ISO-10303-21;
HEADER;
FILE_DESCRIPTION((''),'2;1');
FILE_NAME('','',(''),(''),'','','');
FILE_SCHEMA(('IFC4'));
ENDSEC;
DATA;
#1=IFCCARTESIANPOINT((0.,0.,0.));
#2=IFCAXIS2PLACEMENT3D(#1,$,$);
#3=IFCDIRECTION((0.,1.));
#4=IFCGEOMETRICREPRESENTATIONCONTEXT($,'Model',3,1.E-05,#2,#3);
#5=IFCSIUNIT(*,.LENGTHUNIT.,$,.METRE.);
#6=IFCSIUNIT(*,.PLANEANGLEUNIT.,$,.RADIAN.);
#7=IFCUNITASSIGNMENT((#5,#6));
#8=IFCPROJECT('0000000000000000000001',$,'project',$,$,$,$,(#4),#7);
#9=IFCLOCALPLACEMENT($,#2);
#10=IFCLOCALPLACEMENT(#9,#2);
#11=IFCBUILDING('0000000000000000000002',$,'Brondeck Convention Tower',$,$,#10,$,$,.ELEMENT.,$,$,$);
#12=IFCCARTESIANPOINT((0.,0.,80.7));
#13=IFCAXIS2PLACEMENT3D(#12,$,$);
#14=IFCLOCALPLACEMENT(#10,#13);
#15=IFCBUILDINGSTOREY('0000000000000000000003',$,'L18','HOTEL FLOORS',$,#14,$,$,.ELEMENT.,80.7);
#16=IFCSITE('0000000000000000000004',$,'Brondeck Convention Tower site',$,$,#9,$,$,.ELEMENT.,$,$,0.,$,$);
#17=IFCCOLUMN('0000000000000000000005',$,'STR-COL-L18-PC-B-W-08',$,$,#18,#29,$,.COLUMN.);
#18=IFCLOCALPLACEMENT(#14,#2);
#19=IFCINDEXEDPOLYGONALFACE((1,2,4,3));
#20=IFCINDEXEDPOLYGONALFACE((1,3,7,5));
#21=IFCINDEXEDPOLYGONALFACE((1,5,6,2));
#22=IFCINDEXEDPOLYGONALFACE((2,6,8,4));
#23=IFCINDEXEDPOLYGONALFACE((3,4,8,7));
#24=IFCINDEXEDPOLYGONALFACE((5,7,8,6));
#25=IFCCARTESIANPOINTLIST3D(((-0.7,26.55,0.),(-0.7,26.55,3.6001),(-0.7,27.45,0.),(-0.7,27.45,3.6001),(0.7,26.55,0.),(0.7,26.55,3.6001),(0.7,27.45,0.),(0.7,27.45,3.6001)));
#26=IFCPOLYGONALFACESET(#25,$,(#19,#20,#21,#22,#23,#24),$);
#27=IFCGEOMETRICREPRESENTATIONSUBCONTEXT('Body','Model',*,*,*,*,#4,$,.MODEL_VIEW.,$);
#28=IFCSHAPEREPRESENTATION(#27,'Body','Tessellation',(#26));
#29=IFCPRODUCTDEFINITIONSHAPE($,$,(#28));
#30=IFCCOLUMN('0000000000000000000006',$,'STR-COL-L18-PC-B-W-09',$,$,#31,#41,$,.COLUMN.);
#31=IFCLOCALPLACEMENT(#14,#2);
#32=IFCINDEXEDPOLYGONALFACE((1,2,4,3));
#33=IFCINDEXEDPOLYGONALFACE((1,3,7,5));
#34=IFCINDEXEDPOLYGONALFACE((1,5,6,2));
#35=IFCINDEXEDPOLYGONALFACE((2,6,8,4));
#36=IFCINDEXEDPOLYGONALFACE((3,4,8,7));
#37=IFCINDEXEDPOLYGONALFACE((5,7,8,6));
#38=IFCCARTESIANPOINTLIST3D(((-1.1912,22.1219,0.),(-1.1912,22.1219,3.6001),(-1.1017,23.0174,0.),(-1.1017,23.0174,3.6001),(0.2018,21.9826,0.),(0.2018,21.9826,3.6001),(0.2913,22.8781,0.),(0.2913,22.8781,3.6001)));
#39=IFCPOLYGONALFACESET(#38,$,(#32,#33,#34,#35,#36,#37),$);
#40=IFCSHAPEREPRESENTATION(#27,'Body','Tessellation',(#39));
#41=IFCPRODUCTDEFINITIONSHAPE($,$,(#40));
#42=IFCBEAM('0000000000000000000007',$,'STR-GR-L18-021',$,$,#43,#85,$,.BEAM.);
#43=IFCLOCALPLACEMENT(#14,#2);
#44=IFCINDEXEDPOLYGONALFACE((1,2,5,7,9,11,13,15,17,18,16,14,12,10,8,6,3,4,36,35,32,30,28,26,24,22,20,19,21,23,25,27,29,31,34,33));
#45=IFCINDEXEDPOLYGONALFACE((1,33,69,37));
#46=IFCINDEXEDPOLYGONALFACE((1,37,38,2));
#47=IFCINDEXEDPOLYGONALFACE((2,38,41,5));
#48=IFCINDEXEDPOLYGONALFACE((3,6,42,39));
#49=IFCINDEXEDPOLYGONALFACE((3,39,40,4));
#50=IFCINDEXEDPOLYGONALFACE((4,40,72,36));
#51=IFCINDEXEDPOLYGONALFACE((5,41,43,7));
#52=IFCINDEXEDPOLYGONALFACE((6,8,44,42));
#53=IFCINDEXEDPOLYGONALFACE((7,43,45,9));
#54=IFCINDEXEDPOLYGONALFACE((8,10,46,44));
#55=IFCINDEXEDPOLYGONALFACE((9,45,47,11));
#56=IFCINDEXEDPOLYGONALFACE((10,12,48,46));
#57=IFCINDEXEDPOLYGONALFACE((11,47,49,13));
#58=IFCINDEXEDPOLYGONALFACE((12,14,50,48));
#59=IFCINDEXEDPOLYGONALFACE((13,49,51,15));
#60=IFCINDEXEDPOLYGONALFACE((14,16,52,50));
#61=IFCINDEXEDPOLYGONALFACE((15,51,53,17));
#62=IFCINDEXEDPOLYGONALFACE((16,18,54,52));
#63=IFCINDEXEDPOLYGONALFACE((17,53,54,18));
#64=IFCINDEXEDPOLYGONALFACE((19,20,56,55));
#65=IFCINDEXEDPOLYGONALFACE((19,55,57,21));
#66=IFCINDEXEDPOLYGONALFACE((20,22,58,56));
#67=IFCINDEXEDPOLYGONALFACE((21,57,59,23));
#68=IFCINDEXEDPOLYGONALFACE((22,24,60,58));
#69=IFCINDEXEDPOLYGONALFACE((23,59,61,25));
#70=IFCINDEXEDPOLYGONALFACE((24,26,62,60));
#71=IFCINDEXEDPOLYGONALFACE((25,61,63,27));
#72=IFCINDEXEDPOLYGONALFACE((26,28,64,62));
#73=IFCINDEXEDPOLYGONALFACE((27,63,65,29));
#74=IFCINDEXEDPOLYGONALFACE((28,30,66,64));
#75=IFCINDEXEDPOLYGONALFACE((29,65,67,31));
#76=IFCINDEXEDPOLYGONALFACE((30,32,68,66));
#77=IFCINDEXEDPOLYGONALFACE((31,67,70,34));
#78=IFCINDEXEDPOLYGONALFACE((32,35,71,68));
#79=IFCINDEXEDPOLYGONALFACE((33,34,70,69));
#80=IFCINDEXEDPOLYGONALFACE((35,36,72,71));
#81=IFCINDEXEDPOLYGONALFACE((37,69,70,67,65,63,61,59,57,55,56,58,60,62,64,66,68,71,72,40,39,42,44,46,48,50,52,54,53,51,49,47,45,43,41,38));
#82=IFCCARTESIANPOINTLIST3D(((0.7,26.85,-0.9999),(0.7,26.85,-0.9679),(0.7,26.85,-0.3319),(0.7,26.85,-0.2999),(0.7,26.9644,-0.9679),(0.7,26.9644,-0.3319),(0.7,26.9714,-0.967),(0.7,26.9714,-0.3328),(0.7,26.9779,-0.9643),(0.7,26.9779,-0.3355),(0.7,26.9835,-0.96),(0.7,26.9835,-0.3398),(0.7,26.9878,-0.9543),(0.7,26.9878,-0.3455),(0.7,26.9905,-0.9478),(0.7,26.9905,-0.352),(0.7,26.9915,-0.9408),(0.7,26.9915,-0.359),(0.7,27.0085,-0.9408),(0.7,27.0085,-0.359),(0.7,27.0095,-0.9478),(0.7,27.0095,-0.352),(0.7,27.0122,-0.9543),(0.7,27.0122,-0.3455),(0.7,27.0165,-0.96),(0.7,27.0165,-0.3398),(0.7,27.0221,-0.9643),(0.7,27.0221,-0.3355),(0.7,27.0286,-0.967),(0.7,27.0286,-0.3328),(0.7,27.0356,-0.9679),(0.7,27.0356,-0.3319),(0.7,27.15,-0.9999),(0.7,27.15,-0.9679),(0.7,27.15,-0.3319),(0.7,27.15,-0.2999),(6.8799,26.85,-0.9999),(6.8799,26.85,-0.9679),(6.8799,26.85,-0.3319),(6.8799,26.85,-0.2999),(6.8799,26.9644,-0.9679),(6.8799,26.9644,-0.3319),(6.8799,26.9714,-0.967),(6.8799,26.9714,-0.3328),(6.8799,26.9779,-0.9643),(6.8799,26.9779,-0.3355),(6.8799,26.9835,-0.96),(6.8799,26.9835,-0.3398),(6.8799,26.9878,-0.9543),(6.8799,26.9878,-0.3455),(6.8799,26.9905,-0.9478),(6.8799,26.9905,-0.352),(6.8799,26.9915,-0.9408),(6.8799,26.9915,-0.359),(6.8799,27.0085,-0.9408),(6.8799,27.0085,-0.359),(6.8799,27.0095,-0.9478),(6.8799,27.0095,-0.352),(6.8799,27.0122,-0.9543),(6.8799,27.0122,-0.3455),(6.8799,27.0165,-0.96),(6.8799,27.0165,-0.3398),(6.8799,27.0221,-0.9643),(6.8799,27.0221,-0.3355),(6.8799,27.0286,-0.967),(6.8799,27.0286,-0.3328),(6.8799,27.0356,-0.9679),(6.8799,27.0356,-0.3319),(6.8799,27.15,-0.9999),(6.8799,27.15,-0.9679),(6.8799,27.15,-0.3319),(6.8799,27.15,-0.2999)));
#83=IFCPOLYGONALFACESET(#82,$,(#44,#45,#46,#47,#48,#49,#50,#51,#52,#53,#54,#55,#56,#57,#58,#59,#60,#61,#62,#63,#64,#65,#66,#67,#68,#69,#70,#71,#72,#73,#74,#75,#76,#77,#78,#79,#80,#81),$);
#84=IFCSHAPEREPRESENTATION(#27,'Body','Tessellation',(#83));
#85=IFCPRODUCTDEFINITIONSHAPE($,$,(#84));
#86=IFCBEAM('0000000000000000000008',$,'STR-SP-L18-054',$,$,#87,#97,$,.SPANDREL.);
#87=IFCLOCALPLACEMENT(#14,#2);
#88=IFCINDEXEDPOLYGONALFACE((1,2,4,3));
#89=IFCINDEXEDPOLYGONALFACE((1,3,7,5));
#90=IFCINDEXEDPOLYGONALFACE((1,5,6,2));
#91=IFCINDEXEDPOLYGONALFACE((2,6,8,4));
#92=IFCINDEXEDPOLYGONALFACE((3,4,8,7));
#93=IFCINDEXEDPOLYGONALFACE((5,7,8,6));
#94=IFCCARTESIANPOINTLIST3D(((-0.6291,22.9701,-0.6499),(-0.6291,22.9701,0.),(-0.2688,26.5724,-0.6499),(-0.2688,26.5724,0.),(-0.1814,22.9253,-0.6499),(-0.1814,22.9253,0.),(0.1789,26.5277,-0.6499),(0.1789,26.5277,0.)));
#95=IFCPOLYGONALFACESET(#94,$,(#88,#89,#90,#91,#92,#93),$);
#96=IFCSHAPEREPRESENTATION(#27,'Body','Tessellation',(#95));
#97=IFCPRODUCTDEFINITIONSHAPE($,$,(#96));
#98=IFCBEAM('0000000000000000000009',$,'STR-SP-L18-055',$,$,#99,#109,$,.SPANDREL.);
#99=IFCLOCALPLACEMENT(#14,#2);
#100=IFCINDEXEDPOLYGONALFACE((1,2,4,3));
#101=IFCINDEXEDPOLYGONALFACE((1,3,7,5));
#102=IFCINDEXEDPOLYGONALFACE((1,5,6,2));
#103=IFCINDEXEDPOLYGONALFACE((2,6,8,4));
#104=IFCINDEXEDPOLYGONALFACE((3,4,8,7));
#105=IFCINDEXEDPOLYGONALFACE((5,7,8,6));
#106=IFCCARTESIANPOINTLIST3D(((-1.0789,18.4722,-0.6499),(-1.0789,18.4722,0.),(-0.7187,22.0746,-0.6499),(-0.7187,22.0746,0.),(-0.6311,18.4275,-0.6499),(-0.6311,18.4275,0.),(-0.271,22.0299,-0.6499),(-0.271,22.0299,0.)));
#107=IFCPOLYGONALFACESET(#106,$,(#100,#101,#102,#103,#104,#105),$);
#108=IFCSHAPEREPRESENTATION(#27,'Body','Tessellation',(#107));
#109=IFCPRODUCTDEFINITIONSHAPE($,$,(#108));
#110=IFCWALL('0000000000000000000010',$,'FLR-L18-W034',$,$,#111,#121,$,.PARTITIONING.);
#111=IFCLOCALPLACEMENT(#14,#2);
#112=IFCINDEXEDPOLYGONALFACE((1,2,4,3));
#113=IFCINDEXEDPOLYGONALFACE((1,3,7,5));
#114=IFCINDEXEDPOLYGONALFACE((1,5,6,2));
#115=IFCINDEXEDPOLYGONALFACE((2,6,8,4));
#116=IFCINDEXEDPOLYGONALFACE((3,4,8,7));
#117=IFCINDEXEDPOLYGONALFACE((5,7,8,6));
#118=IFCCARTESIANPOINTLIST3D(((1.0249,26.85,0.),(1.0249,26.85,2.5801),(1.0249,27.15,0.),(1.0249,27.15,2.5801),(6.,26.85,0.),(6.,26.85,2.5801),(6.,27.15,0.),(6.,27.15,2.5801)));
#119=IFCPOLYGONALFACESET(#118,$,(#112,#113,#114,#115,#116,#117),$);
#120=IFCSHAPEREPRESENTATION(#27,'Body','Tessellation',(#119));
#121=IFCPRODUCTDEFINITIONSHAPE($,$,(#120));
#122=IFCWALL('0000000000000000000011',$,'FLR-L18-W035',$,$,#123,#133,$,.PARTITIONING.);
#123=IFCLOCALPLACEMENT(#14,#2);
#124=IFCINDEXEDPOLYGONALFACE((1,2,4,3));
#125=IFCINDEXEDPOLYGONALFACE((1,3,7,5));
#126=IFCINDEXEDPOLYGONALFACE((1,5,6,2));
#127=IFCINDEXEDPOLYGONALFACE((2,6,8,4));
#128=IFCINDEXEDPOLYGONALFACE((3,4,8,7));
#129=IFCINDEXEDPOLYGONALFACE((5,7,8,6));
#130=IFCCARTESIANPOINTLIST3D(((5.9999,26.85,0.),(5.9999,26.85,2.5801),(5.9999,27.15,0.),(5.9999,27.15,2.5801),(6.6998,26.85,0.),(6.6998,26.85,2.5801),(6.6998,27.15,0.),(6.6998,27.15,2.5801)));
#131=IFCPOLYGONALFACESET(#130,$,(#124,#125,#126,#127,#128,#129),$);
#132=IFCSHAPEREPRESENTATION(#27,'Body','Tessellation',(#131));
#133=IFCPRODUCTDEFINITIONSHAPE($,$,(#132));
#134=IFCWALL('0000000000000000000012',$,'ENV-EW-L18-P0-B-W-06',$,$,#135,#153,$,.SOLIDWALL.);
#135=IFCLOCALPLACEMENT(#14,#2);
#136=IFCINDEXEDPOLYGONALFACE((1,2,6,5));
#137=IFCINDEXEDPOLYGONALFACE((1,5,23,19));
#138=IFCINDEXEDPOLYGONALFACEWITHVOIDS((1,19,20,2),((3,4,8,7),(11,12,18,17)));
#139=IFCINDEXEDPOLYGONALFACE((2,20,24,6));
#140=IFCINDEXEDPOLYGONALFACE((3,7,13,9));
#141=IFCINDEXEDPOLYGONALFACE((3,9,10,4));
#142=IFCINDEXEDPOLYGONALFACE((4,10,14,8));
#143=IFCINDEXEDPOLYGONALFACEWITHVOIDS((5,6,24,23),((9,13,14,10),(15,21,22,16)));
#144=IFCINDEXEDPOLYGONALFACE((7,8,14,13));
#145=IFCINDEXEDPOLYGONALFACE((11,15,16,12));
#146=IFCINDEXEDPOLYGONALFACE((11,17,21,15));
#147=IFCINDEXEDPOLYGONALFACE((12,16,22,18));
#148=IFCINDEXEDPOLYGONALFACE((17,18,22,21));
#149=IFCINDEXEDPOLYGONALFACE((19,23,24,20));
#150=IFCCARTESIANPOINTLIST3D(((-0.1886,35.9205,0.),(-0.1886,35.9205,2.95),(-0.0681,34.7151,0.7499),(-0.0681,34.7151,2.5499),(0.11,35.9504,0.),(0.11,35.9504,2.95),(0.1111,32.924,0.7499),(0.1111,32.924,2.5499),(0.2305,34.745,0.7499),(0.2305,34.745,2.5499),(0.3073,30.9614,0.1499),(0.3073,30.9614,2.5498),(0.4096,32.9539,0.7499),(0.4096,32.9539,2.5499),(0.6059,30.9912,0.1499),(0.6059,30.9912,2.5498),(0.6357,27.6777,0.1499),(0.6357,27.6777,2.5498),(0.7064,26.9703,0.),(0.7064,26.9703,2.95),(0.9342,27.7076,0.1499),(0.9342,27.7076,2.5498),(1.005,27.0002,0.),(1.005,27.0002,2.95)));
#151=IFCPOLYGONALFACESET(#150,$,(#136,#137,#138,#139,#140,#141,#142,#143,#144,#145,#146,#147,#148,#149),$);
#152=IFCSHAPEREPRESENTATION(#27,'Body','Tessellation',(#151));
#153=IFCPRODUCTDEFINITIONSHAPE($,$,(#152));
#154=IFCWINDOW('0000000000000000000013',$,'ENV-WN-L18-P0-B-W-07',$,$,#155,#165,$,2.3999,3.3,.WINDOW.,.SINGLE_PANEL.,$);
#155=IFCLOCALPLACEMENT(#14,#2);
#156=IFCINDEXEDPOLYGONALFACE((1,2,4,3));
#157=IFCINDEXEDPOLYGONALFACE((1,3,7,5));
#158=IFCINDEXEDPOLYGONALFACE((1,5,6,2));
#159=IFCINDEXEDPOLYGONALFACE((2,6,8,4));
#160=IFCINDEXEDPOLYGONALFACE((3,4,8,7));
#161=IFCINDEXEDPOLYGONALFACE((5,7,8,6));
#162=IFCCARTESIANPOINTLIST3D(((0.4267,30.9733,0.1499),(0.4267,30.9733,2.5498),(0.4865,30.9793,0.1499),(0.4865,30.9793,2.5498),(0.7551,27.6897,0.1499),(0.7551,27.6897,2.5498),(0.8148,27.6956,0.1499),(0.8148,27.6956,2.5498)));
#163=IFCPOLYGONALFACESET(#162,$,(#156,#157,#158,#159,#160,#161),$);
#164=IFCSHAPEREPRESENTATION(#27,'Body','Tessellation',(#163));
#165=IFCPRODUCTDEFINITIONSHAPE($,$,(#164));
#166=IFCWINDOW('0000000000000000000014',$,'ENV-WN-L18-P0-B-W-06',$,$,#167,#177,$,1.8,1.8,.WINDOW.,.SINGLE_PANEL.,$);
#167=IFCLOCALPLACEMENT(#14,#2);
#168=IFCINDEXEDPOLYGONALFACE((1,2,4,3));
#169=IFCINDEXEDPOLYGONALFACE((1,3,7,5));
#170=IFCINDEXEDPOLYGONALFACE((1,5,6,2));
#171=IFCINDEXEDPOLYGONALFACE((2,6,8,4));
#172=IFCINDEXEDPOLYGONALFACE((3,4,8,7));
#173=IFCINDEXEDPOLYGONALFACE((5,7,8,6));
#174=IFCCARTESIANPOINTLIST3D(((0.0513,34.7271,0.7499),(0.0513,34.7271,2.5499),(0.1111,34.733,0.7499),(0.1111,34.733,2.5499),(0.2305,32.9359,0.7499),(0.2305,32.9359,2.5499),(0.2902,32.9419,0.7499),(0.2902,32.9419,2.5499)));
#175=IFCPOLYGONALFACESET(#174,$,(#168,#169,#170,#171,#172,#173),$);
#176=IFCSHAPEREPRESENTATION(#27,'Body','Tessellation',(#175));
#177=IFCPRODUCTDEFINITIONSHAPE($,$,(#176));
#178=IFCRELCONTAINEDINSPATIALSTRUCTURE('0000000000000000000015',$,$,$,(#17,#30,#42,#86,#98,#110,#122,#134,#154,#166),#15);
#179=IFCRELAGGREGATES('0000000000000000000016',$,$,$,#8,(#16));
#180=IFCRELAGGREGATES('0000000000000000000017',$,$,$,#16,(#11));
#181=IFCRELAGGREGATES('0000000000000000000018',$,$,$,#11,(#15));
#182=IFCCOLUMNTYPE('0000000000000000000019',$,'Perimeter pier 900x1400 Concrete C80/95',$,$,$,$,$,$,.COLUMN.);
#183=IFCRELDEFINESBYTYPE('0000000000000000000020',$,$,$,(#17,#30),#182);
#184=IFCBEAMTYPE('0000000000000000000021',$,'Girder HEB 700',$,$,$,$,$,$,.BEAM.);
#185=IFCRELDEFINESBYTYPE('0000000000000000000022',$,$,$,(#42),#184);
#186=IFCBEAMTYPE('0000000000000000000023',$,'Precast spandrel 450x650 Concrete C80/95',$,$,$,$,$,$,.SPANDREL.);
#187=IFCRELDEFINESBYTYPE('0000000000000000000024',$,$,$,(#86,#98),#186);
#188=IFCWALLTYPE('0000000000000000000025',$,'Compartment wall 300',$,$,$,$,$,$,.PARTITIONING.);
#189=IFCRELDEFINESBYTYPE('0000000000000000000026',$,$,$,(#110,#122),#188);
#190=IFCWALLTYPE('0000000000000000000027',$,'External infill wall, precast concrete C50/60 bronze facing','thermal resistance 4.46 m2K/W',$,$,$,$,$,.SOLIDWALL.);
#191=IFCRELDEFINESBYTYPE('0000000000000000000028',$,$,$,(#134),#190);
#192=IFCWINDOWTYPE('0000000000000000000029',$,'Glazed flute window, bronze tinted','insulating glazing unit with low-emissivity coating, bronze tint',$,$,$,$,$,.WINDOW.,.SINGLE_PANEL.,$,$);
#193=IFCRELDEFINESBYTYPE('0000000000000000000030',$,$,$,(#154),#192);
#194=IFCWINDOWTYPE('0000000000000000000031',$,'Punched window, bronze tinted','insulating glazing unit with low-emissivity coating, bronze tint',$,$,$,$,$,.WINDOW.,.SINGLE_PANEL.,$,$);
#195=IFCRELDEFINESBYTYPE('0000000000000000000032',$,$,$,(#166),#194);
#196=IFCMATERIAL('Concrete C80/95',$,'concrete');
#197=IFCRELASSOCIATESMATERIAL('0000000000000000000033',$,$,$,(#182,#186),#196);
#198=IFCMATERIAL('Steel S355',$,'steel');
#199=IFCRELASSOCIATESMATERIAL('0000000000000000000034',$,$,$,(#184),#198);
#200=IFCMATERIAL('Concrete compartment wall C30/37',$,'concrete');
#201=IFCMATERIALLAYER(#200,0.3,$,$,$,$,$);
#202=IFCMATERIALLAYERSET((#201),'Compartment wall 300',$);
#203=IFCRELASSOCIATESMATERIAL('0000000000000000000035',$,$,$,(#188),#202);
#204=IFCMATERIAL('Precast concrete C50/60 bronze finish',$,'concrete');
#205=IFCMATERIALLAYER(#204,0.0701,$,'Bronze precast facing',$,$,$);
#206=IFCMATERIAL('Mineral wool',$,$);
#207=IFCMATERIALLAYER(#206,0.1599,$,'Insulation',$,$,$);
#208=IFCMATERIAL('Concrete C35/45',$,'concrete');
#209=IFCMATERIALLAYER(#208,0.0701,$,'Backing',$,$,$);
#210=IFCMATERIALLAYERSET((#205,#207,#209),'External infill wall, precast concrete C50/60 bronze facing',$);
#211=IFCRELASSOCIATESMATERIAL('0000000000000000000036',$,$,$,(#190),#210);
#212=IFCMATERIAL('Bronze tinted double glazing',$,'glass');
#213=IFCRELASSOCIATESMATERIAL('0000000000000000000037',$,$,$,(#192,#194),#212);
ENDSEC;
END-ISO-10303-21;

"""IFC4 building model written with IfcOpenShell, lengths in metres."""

from ifc_helpers import new_model, si_unit, direction, frame, frame_2d, origin, origin_2d, place, context, subcontext, project, spatial, rectangle, i_section, extrude, material, layer, layer_set, material_profile, profile_set, type_object, element, fill, save


model = new_model("IFC4")

# Units and contexts
model_context = context("Model", 3, precision=1e-05, world=origin(), true_north=direction((0.0, 1.0)))
body_context = subcontext(model_context, "Body", "Model", "MODEL_VIEW")
ifc_project = project(units=[si_unit("LENGTHUNIT", "METRE"), si_unit("PLANEANGLEUNIT", "RADIAN")], contexts=[model_context])

# Site, building, storey
site_placement = place(None, origin())
site = spatial("IfcSite", under=ifc_project, at=site_placement, Name="Brondeck Convention Tower site", CompositionType="ELEMENT", RefElevation=0.0)
building_placement = place(site_placement, origin())
building = spatial("IfcBuilding", under=site, at=building_placement, Name="Brondeck Convention Tower", CompositionType="ELEMENT")
storey_placement = place(building_placement, frame((0.0, 0.0, 80.7)))
storey = spatial("IfcBuildingStorey", under=building, at=storey_placement, Name="L18", Description="HOTEL FLOORS", CompositionType="ELEMENT", Elevation=80.7)

# Columns
ifc_material_1 = material(Name="Concrete C80/95", Category="concrete")
ifc_material_profile_1 = material_profile(ifc_material_1, rectangle(XDim=0.8999, YDim=1.3999, at=origin_2d()), Name="Perimeter pier 900x1400 Concrete C80/95")
ifc_profile_set_1 = profile_set([ifc_material_profile_1], Name="Concrete C80/95")
column_type = type_object("IfcColumnType", Name="Perimeter pier 900x1400 Concrete C80/95", PredefinedType="COLUMN", material=ifc_profile_set_1)
for number, where, z_axis, x_axis, name in (
    (1, (0.0, 27.0, 0.0), (0.0, 0.0, 1.0), (0.0, -1.0, 0.0), "STR-COL-L18-PC-B-W-08"),
    (2, (-0.45, 22.5, 0.0), (0.0, 0.0, 1.0), (-0.099504, -0.995037, 0.0), "STR-COL-L18-PC-B-W-09"),
):
    element("IfcColumn", number, at=place(storey_placement, frame(where, z_axis=z_axis, x_axis=x_axis)), inside=storey, type_object=column_type, Name=name, PredefinedType="COLUMN", context=body_context, shape_type="SweptSolid", body=[
        extrude(rectangle(XDim=0.8999, YDim=1.3999, at=origin_2d()), origin(), (0.0, 0.0, 1.0), 3.6001),
    ])

# Beams
ifc_material_2 = material(Name="Steel S355", Category="steel")
ifc_material_profile_2 = material_profile(ifc_material_2, i_section(OverallWidth=0.3, OverallDepth=0.7, WebThickness=0.0171, FlangeThickness=0.032, FilletRadius=0.0271, at=origin_2d()), Name="HEB 700")
ifc_profile_set_2 = profile_set([ifc_material_profile_2], Name="Steel S355")
beam_type_1 = type_object("IfcBeamType", Name="Girder HEB 700", PredefinedType="BEAM", material=ifc_profile_set_2)
beam_placement = place(storey_placement, frame((0.7, 27.0, -0.6499), z_axis=(1.0, 0.0, 0.0), x_axis=(0.0, 1.0, 0.0)))
element("IfcBeam", 3, at=beam_placement, inside=storey, type_object=beam_type_1, Name="STR-GR-L18-021", PredefinedType="BEAM", context=body_context, shape_type="SweptSolid", body=[
    extrude(i_section(OverallWidth=0.3, OverallDepth=0.7, WebThickness=0.0171, FlangeThickness=0.032, FilletRadius=0.0271, at=origin_2d()), origin(), (0.0, 0.0, 1.0), 6.1799),
])
ifc_material_profile_3 = material_profile(ifc_material_1, rectangle(XDim=0.45, YDim=0.6499, at=origin_2d()), Name="Precast spandrel 450x650 Concrete C80/95")
ifc_profile_set_3 = profile_set([ifc_material_profile_3], Name="Concrete C80/95")
beam_type_2 = type_object("IfcBeamType", Name="Precast spandrel 450x650 Concrete C80/95", PredefinedType="SPANDREL", material=ifc_profile_set_3)
for number, where, z_axis, x_axis, name in (
    (4, (-0.0449, 26.55, -0.325), (-0.099537, -0.995034, 0.0), (0.995034, -0.099537, 0.0), "STR-SP-L18-054"),
    (5, (-0.4949, 22.0522, -0.325), (-0.09947, -0.995041, 0.0), (0.995041, -0.09947, 0.0), "STR-SP-L18-055"),
):
    element("IfcBeam", number, at=place(storey_placement, frame(where, z_axis=z_axis, x_axis=x_axis)), inside=storey, type_object=beam_type_2, Name=name, PredefinedType="SPANDREL", context=body_context, shape_type="SweptSolid", body=[
        extrude(rectangle(XDim=0.45, YDim=0.6499, at=origin_2d()), origin(), (0.0, 0.0, 1.0), 3.6204),
    ])

# Walls
ifc_material_3 = material(Name="Concrete compartment wall C30/37", Category="concrete")
ifc_layer_1 = layer(ifc_material_3, 0.3)
ifc_layer_set_1 = layer_set([ifc_layer_1], Name="Compartment wall 300")
wall_type_1 = type_object("IfcWallType", Name="Compartment wall 300", PredefinedType="PARTITIONING", material=ifc_layer_set_1)
wall_1_placement = place(storey_placement, frame((6.0, 27.0, 0.0), z_axis=(0.0, 0.0, 1.0), x_axis=(-1.0, 0.0, 0.0)))
element("IfcWall", 6, at=wall_1_placement, inside=storey, type_object=wall_type_1, Name="FLR-L18-W034", PredefinedType="PARTITIONING", context=body_context, shape_type="SweptSolid", body=[
    extrude(rectangle(XDim=4.9751, YDim=0.3, at=frame_2d((2.4875, 0.0))), origin(), (0.0, 0.0, 1.0), 2.5801),
])
wall_2_placement = place(storey_placement, frame((6.7, 27.0, 0.0), z_axis=(0.0, 0.0, 1.0), x_axis=(-1.0, 0.0, 0.0)))
element("IfcWall", 7, at=wall_2_placement, inside=storey, type_object=wall_type_1, Name="FLR-L18-W035", PredefinedType="PARTITIONING", context=body_context, shape_type="SweptSolid", body=[
    extrude(rectangle(XDim=0.7, YDim=0.3, at=frame_2d((0.3501, 0.0))), origin(), (0.0, 0.0, 1.0), 2.5801),
])

# Wall, openings, windows
ifc_material_4 = material(Name="Precast concrete C50/60 bronze finish", Category="concrete")
ifc_layer_2 = layer(ifc_material_4, 0.0701, Name="Bronze precast facing")
ifc_material_5 = material(Name="Mineral wool")
ifc_layer_3 = layer(ifc_material_5, 0.1599, Name="Insulation")
ifc_material_6 = material(Name="Concrete C35/45", Category="concrete")
ifc_layer_4 = layer(ifc_material_6, 0.0701, Name="Backing")
ifc_layer_set_2 = layer_set([ifc_layer_2, ifc_layer_3, ifc_layer_4], Name="External infill wall, precast concrete C50/60 bronze facing")
wall_type_2 = type_object("IfcWallType", Name="External infill wall, precast concrete C50/60 bronze facing", Description="thermal resistance 4.46 m2K/W", PredefinedType="SOLIDWALL", material=ifc_layer_set_2)
wall_3_placement = place(storey_placement, frame((0.8557, 26.9851, 0.0), z_axis=(0.0, 0.0, 1.0), x_axis=(-0.099504, 0.995037, 0.0)))
wall_3 = element("IfcWall", 8, at=wall_3_placement, inside=storey, type_object=wall_type_2, Name="ENV-EW-L18-P0-B-W-06", PredefinedType="SOLIDWALL", context=body_context, shape_type="SweptSolid", body=[
    extrude(rectangle(XDim=8.9949, YDim=0.3, at=frame_2d((4.4976, 0.0))), origin(), (0.0, 0.0, 1.0), 2.95),
])
opening_1_placement = place(wall_3_placement, frame((0.7112, 0.0, 0.1499)))
opening_1 = element("IfcOpeningElement", 9, at=opening_1_placement, cuts=wall_3, PredefinedType="OPENING", context=body_context, shape_type="SweptSolid", body=[
    extrude(rectangle(XDim=3.3, YDim=2.3999, at=frame_2d((1.6499, 1.2))), frame((0.0, 0.1599, 0.0), z_axis=(0.0, -1.0, 0.0), x_axis=(1.0, 0.0, 0.0)), (0.0, 0.0, 1.0), 0.3201),
])
opening_2_placement = place(wall_3_placement, frame((5.9836, 0.0, 0.75)))
opening_2 = element("IfcOpeningElement", 10, at=opening_2_placement, cuts=wall_3, PredefinedType="OPENING", context=body_context, shape_type="SweptSolid", body=[
    extrude(rectangle(XDim=1.8, YDim=1.8, at=frame_2d((0.8999, 0.8999))), frame((0.0, 0.1599, 0.0), z_axis=(0.0, -1.0, 0.0), x_axis=(1.0, 0.0, 0.0)), (0.0, 0.0, 1.0), 0.3201),
])
ifc_material_7 = material(Name="Bronze tinted double glazing", Category="glass")
window_type_1 = type_object("IfcWindowType", Name="Glazed flute window, bronze tinted", Description="insulating glazing unit with low-emissivity coating, bronze tint", PartitioningType="SINGLE_PANEL", PredefinedType="WINDOW", material=ifc_material_7)
window_1_placement = place(opening_1_placement, origin())
window_1 = element("IfcWindow", 11, at=window_1_placement, inside=storey, type_object=window_type_1, Name="ENV-WN-L18-P0-B-W-07", OverallHeight=2.3999, OverallWidth=3.3, PartitioningType="SINGLE_PANEL", PredefinedType="WINDOW", context=body_context, shape_type="SweptSolid", body=[
    extrude(rectangle(XDim=3.3, YDim=2.3999, at=frame_2d((1.6499, 1.2))), frame((0.0, 0.03, 0.0), z_axis=(0.0, -1.0, 0.0), x_axis=(1.0, 0.0, 0.0)), (0.0, 0.0, 1.0), 0.0601),
])
fill(opening_1, window_1)
window_type_2 = type_object("IfcWindowType", Name="Punched window, bronze tinted", Description="insulating glazing unit with low-emissivity coating, bronze tint", PartitioningType="SINGLE_PANEL", PredefinedType="WINDOW", material=ifc_material_7)
window_2_placement = place(opening_2_placement, origin())
window_2 = element("IfcWindow", 12, at=window_2_placement, inside=storey, type_object=window_type_2, Name="ENV-WN-L18-P0-B-W-06", OverallHeight=1.8, OverallWidth=1.8, PartitioningType="SINGLE_PANEL", PredefinedType="WINDOW", context=body_context, shape_type="SweptSolid", body=[
    extrude(rectangle(XDim=1.8, YDim=1.8, at=frame_2d((0.8999, 0.8999))), frame((0.0, 0.03, 0.0), z_axis=(0.0, -1.0, 0.0), x_axis=(1.0, 0.0, 0.0)), (0.0, 0.0, 1.0), 0.0601),
])
fill(opening_2, window_2)

save(model, "model.ifc")
